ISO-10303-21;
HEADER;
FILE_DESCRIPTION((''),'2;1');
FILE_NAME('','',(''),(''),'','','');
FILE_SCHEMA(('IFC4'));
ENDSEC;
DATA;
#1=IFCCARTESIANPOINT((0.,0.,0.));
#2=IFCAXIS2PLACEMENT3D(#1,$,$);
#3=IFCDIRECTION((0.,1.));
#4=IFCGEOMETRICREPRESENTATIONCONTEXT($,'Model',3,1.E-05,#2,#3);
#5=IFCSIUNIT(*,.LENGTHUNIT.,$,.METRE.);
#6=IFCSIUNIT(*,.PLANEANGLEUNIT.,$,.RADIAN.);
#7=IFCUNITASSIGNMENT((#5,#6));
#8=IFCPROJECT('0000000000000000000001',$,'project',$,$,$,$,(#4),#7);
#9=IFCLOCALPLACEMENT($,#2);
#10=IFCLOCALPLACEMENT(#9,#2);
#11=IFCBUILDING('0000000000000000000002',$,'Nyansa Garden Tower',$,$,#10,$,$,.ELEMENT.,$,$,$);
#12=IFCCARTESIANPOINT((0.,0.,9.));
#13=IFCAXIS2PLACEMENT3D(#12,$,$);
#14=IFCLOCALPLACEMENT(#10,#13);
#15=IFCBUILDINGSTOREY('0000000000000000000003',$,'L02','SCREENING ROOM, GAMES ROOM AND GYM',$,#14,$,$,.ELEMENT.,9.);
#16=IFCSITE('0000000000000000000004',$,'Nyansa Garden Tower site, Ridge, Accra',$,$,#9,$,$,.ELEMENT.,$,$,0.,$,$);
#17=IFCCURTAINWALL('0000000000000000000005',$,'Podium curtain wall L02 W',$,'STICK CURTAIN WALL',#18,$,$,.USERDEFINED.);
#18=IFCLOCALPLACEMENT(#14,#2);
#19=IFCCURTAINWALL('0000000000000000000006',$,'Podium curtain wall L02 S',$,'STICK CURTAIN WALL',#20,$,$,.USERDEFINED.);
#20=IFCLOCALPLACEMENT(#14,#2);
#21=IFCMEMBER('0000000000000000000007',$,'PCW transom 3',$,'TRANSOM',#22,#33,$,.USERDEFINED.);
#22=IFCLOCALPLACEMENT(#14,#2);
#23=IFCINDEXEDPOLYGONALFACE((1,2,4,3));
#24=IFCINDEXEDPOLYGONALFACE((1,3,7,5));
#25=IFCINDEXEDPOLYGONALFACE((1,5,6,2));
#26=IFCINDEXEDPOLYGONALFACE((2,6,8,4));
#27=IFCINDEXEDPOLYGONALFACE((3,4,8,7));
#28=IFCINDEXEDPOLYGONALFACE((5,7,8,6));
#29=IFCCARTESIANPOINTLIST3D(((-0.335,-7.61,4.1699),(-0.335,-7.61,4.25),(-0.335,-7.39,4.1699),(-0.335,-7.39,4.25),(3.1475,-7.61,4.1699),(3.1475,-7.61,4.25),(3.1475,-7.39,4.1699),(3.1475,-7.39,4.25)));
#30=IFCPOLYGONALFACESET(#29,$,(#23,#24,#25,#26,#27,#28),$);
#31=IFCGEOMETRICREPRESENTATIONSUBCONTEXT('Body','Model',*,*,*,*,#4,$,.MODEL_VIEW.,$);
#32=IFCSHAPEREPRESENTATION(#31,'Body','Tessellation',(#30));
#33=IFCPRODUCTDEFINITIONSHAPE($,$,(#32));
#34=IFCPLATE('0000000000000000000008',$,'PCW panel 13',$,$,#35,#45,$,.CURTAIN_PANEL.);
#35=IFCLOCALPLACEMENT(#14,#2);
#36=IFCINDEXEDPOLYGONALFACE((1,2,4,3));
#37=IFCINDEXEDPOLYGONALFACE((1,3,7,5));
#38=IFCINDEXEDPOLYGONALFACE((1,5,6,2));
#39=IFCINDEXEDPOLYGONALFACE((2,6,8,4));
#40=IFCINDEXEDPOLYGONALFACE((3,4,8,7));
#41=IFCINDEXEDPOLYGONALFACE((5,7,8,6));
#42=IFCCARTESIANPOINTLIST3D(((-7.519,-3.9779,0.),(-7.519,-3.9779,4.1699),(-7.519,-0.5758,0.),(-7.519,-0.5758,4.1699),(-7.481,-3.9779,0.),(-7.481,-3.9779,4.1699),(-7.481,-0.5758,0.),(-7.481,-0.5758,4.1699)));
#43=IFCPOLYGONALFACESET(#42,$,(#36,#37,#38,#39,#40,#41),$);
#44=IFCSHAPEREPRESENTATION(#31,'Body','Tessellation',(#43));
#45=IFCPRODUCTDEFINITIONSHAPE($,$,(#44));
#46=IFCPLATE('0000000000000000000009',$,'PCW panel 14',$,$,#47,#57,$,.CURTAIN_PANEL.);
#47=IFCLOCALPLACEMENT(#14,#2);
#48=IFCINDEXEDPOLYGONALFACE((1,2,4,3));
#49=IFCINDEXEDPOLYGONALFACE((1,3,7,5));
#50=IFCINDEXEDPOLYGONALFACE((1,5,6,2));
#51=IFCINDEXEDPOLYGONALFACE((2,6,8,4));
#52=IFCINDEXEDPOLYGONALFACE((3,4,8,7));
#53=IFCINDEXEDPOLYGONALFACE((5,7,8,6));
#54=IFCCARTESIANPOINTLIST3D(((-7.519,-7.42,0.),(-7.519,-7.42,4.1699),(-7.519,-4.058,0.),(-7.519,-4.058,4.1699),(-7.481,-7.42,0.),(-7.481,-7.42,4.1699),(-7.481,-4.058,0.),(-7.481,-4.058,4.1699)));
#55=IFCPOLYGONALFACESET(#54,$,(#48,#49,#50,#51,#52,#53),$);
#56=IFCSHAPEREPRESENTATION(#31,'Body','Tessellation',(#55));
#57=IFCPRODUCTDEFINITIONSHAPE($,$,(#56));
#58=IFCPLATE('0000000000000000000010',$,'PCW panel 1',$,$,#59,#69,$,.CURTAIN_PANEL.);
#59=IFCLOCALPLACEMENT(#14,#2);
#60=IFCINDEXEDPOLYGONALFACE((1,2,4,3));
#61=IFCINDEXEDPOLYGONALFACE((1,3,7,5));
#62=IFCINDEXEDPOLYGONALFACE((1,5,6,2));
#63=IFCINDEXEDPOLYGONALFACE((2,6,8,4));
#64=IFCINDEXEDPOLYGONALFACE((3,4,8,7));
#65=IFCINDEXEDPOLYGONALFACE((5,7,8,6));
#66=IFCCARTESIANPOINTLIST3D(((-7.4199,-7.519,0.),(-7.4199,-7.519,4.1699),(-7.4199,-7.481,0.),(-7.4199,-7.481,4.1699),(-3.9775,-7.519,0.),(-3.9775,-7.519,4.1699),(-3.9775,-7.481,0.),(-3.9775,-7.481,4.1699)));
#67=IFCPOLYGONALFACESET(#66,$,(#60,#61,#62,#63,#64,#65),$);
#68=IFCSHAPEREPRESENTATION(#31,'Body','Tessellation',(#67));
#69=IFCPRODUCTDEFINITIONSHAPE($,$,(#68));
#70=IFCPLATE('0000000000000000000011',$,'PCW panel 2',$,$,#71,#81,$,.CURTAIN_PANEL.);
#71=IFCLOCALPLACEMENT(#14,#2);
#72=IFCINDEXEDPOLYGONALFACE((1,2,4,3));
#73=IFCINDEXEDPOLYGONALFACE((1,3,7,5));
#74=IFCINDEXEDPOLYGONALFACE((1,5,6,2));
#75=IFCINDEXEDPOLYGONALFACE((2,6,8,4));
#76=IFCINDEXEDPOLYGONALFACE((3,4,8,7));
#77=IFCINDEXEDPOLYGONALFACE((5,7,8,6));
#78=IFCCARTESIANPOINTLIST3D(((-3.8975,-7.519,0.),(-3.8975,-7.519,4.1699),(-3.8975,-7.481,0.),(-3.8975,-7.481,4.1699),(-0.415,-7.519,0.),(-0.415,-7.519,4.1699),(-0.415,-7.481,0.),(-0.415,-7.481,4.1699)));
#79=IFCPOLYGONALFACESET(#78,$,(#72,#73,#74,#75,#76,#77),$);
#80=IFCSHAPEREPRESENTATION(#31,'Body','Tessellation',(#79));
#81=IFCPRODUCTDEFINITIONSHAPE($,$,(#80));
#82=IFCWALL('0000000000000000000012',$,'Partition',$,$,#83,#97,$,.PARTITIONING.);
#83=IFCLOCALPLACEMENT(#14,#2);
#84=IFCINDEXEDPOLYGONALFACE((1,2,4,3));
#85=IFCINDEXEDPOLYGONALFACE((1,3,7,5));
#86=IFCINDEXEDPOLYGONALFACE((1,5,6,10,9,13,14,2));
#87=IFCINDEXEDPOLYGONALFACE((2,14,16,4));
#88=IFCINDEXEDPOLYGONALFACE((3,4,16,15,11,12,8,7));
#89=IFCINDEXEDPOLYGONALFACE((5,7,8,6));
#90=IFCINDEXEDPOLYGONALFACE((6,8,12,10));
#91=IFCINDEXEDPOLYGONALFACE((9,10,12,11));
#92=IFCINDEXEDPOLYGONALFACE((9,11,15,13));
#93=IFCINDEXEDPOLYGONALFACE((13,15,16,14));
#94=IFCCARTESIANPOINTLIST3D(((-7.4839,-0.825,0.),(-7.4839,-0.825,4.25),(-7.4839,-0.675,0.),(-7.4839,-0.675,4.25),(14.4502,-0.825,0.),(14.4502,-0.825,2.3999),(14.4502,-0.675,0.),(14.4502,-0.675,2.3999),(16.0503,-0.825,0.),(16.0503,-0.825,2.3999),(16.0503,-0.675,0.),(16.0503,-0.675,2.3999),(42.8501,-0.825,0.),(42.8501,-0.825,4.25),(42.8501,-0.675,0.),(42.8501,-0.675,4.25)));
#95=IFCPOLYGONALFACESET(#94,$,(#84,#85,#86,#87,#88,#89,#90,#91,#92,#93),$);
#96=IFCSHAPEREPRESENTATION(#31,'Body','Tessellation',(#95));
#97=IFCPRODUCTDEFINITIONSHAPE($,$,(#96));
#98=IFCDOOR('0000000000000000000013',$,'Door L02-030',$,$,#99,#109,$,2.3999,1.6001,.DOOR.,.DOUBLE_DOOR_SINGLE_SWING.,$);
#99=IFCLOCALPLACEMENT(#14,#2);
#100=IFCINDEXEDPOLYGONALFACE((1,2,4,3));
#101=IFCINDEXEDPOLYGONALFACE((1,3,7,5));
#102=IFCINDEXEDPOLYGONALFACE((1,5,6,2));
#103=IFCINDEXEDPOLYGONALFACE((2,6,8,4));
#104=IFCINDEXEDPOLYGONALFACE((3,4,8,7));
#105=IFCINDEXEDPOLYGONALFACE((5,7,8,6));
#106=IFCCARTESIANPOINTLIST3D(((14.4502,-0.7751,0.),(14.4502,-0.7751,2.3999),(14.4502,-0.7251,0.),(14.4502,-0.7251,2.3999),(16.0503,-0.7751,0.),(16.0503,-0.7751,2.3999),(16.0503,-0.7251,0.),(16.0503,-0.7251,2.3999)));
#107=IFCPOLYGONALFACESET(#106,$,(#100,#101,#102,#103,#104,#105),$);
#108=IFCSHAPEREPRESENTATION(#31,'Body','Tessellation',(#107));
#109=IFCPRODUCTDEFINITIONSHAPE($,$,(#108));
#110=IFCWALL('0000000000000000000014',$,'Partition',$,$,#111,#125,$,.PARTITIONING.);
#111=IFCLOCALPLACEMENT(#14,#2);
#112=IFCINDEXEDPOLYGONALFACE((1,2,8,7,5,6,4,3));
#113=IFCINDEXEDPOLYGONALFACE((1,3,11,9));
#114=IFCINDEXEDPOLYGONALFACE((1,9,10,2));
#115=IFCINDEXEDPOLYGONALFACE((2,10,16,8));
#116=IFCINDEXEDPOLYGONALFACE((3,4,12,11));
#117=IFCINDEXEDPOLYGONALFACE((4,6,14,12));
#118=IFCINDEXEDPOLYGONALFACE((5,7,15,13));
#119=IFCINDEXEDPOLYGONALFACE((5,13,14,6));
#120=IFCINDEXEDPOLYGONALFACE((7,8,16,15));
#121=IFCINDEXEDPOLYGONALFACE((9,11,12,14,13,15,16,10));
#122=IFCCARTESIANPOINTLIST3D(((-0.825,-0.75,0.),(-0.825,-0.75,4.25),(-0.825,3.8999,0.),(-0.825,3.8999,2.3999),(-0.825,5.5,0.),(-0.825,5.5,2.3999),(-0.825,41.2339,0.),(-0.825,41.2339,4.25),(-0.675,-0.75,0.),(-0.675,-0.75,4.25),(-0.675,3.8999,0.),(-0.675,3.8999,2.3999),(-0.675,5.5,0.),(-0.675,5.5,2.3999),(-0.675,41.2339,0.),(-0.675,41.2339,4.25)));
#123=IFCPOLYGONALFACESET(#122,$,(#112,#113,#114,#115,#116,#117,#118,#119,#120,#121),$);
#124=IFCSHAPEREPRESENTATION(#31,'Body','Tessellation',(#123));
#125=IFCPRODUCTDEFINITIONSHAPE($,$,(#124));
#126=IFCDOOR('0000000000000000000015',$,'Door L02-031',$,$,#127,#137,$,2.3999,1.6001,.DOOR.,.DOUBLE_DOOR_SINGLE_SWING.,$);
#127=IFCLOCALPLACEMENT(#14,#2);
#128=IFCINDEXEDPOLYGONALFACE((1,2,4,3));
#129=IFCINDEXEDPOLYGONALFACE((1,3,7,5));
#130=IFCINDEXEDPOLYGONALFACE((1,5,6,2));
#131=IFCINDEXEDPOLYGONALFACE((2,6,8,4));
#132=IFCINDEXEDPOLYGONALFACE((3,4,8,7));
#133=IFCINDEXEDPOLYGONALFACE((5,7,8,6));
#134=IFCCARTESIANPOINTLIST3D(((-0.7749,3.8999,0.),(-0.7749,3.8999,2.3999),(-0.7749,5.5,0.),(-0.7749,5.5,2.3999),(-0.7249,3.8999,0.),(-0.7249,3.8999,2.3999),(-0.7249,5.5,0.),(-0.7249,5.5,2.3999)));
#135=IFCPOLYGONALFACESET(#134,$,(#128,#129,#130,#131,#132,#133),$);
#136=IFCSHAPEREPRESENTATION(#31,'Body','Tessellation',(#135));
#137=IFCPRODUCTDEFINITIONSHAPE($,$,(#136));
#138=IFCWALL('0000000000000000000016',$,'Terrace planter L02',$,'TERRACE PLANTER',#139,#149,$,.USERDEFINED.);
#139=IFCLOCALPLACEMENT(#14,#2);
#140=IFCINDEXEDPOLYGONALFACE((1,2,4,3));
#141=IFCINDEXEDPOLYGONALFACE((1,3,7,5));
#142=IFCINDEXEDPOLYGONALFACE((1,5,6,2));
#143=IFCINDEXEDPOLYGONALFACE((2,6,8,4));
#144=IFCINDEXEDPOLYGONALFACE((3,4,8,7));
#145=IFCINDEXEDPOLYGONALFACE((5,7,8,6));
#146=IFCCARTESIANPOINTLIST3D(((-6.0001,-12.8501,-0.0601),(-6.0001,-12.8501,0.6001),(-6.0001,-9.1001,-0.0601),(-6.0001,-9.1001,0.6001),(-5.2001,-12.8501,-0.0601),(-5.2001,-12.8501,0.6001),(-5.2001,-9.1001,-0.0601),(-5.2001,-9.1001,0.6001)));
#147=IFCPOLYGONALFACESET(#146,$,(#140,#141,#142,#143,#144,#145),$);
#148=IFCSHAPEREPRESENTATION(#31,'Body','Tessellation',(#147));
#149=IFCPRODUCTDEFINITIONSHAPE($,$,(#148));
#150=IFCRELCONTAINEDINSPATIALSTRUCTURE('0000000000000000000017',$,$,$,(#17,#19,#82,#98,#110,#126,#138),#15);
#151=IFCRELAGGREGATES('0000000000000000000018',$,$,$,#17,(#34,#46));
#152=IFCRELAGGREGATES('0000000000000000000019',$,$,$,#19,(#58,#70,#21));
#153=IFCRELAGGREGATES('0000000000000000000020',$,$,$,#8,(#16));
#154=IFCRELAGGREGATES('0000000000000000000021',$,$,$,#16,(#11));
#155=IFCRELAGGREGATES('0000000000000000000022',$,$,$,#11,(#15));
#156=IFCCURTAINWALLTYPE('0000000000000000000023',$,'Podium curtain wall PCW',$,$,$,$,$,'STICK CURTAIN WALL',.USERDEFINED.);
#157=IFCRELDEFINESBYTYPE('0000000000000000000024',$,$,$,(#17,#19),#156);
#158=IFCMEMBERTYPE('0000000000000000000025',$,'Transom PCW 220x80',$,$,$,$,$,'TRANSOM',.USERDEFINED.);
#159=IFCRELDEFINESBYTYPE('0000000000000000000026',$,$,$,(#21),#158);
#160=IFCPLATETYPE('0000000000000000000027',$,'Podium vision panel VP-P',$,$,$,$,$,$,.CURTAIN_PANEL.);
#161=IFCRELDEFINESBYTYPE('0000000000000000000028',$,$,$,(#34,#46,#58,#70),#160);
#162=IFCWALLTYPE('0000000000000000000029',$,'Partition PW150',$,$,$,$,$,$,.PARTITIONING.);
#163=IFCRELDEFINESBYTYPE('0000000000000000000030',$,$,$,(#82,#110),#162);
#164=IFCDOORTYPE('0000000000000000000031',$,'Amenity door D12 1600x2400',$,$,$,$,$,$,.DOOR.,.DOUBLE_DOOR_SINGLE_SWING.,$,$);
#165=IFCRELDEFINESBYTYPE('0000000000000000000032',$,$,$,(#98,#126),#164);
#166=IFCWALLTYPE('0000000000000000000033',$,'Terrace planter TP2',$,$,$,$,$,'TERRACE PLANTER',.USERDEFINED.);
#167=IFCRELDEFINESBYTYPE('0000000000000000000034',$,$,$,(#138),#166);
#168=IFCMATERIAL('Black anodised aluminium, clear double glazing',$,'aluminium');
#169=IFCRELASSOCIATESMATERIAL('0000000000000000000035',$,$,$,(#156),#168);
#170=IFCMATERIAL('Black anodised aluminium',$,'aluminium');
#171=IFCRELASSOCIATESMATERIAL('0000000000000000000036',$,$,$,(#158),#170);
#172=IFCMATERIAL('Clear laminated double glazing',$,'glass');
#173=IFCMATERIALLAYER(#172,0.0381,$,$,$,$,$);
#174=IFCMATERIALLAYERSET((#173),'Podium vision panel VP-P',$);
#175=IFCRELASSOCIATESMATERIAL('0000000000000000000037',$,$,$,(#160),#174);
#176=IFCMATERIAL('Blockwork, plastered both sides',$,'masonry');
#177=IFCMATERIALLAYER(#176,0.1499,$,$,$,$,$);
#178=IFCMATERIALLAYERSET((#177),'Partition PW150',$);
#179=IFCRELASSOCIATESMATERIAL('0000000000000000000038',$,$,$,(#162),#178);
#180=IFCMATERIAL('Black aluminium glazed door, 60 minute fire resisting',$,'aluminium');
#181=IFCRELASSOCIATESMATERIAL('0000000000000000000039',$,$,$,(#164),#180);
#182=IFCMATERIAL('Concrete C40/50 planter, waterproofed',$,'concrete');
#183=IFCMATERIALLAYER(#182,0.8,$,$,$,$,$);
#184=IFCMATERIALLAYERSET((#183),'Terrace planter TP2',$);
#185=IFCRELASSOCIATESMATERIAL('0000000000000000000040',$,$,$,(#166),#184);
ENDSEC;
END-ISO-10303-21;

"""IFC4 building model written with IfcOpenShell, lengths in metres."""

from ifc_helpers import new_model, si_unit, direction, frame, frame_2d, origin, origin_2d, place, context, subcontext, project, spatial, rectangle, extrude, material, layer, layer_set, material_profile, profile_set, type_object, element, fill, aggregate, save


model = new_model("IFC4")

# Units and contexts
model_context = context("Model", 3, precision=1e-05, world=origin(), true_north=direction((0.0, 1.0)))
body_context = subcontext(model_context, "Body", "Model", "MODEL_VIEW")
ifc_project = project(units=[si_unit("LENGTHUNIT", "METRE"), si_unit("PLANEANGLEUNIT", "RADIAN")], contexts=[model_context])

# Site, building, storey
site_placement = place(None, origin())
site = spatial("IfcSite", under=ifc_project, at=site_placement, Name="Nyansa Garden Tower site, Ridge, Accra", CompositionType="ELEMENT", RefElevation=0.0)
building_placement = place(site_placement, origin())
building = spatial("IfcBuilding", under=site, at=building_placement, Name="Nyansa Garden Tower", CompositionType="ELEMENT")
storey_placement = place(building_placement, frame((0.0, 0.0, 9.0)))
storey = spatial("IfcBuildingStorey", under=building, at=storey_placement, Name="L02", Description="SCREENING ROOM, GAMES ROOM AND GYM", CompositionType="ELEMENT", Elevation=9.0)

# Curtain walls
ifc_material_1 = material(Name="Black anodised aluminium, clear double glazing", Category="aluminium")
curtain_wall_type = type_object("IfcCurtainWallType", Name="Podium curtain wall PCW", ElementType="STICK CURTAIN WALL", PredefinedType="USERDEFINED", material=ifc_material_1)
curtain_wall_1_placement = place(storey_placement, origin())
curtain_wall_1 = element("IfcCurtainWall", 1, at=curtain_wall_1_placement, inside=storey, type_object=curtain_wall_type, Name="Podium curtain wall L02 W", ObjectType="STICK CURTAIN WALL", PredefinedType="USERDEFINED")
curtain_wall_2_placement = place(storey_placement, origin())
curtain_wall_2 = element("IfcCurtainWall", 2, at=curtain_wall_2_placement, inside=storey, type_object=curtain_wall_type, Name="Podium curtain wall L02 S", ObjectType="STICK CURTAIN WALL", PredefinedType="USERDEFINED")

# Member
ifc_material_2 = material(Name="Black anodised aluminium", Category="aluminium")
ifc_material_profile_1 = material_profile(ifc_material_2, rectangle(XDim=0.22, YDim=0.0801, at=origin_2d()), Name="Transom 220x80")
ifc_profile_set_1 = profile_set([ifc_material_profile_1], Name="Black anodised aluminium")
member_type_1 = type_object("IfcMemberType", Name="Transom PCW 220x80", ElementType="TRANSOM", PredefinedType="USERDEFINED", material=ifc_profile_set_1)
member_1_placement = place(storey_placement, frame((-0.335, -7.5, 4.21), z_axis=(1.0, 0.0, 0.0), x_axis=(0.0, 1.0, 0.0)))
member_1 = element("IfcMember", 3, at=member_1_placement, type_object=member_type_1, Name="PCW transom 3", ObjectType="TRANSOM", PredefinedType="USERDEFINED", context=body_context, shape_type="SweptSolid", body=[
    extrude(rectangle(XDim=0.22, YDim=0.0801, at=origin_2d()), origin(), (0.0, 0.0, 1.0), 3.4824),
])

# Plates
ifc_material_3 = material(Name="Clear laminated double glazing", Category="glass")
ifc_layer_1 = layer(ifc_material_3, 0.0381)
ifc_layer_set_1 = layer_set([ifc_layer_1], Name="Podium vision panel VP-P")
plate_type = type_object("IfcPlateType", Name="Podium vision panel VP-P", PredefinedType="CURTAIN_PANEL", material=ifc_layer_set_1)
plate_1_placement = place(storey_placement, frame((-7.5, -2.2769, 0.0), z_axis=(0.0, 0.0, 1.0), x_axis=(0.0, -1.0, 0.0)))
plate_1 = element("IfcPlate", 4, at=plate_1_placement, type_object=plate_type, Name="PCW panel 13", PredefinedType="CURTAIN_PANEL", context=body_context, shape_type="SweptSolid", body=[
    extrude(rectangle(XDim=3.4021, YDim=0.0381, at=origin_2d()), origin(), (0.0, 0.0, 1.0), 4.1699),
])
plate_2_placement = place(storey_placement, frame((-7.5, -5.739, 0.0), z_axis=(0.0, 0.0, 1.0), x_axis=(0.0, -1.0, 0.0)))
plate_2 = element("IfcPlate", 5, at=plate_2_placement, type_object=plate_type, Name="PCW panel 14", PredefinedType="CURTAIN_PANEL", context=body_context, shape_type="SweptSolid", body=[
    extrude(rectangle(XDim=3.3621, YDim=0.0381, at=origin_2d()), origin(), (0.0, 0.0, 1.0), 4.1699),
])
aggregate(curtain_wall_1, [plate_1, plate_2])
plate_3_placement = place(storey_placement, frame((-5.6987, -7.5, 0.0), z_axis=(0.0, 0.0, 1.0), x_axis=(1.0, 0.0, 0.0)))
plate_3 = element("IfcPlate", 6, at=plate_3_placement, type_object=plate_type, Name="PCW panel 1", PredefinedType="CURTAIN_PANEL", context=body_context, shape_type="SweptSolid", body=[
    extrude(rectangle(XDim=3.4424, YDim=0.0381, at=origin_2d()), origin(), (0.0, 0.0, 1.0), 4.1699),
])
plate_4_placement = place(storey_placement, frame((-2.1562, -7.5, 0.0), z_axis=(0.0, 0.0, 1.0), x_axis=(1.0, 0.0, 0.0)))
plate_4 = element("IfcPlate", 7, at=plate_4_placement, type_object=plate_type, Name="PCW panel 2", PredefinedType="CURTAIN_PANEL", context=body_context, shape_type="SweptSolid", body=[
    extrude(rectangle(XDim=3.4824, YDim=0.0381, at=origin_2d()), origin(), (0.0, 0.0, 1.0), 4.1699),
])
aggregate(curtain_wall_2, [plate_3, plate_4, member_1])

# Walls, openings, doors
ifc_material_4 = material(Name="Blockwork, plastered both sides", Category="masonry")
ifc_layer_2 = layer(ifc_material_4, 0.1499)
ifc_layer_set_2 = layer_set([ifc_layer_2], Name="Partition PW150")
wall_type_1 = type_object("IfcWallType", Name="Partition PW150", PredefinedType="PARTITIONING", material=ifc_layer_set_2)
wall_1_placement = place(storey_placement, frame((-7.4839, -0.75, 0.0), z_axis=(0.0, 0.0, 1.0), x_axis=(1.0, 0.0, 0.0)))
wall_1 = element("IfcWall", 8, at=wall_1_placement, inside=storey, type_object=wall_type_1, Name="Partition", PredefinedType="PARTITIONING", context=body_context, shape_type="SweptSolid", body=[
    extrude(rectangle(XDim=50.334, YDim=0.1499, at=frame_2d((25.167, 0.0))), origin(), (0.0, 0.0, 1.0), 4.25),
])
opening_1_placement = place(wall_1_placement, frame((21.9341, 0.0, 0.0)))
opening_1 = element("IfcOpeningElement", 9, at=opening_1_placement, cuts=wall_1, PredefinedType="OPENING", context=body_context, shape_type="SweptSolid", body=[
    extrude(rectangle(XDim=1.6001, YDim=2.3999, at=frame_2d((0.8, 1.2))), frame((0.0, 0.085, 0.0), z_axis=(0.0, -1.0, 0.0), x_axis=(1.0, 0.0, 0.0)), (0.0, 0.0, 1.0), 0.1699),
])
ifc_material_5 = material(Name="Black aluminium glazed door, 60 minute fire resisting", Category="aluminium")
door_type = type_object("IfcDoorType", Name="Amenity door D12 1600x2400", OperationType="DOUBLE_DOOR_SINGLE_SWING", PredefinedType="DOOR", material=ifc_material_5)
door_1_placement = place(opening_1_placement, origin())
door_1 = element("IfcDoor", 10, at=door_1_placement, inside=storey, type_object=door_type, Name="Door L02-030", OperationType="DOUBLE_DOOR_SINGLE_SWING", OverallHeight=2.3999, OverallWidth=1.6001, PredefinedType="DOOR", context=body_context, shape_type="SweptSolid", body=[
    extrude(rectangle(XDim=1.6001, YDim=2.3999, at=frame_2d((0.8, 1.2))), frame((0.0, 0.0249, 0.0), z_axis=(0.0, -1.0, 0.0), x_axis=(1.0, 0.0, 0.0)), (0.0, 0.0, 1.0), 0.05),
])
fill(opening_1, door_1)
wall_2_placement = place(storey_placement, frame((-0.75, -0.75, 0.0), z_axis=(0.0, 0.0, 1.0), x_axis=(0.0, 1.0, 0.0)))
wall_2 = element("IfcWall", 11, at=wall_2_placement, inside=storey, type_object=wall_type_1, Name="Partition", PredefinedType="PARTITIONING", context=body_context, shape_type="SweptSolid", body=[
    extrude(rectangle(XDim=41.9839, YDim=0.1499, at=frame_2d((20.9919, 0.0))), origin(), (0.0, 0.0, 1.0), 4.25),
])
opening_2_placement = place(wall_2_placement, frame((4.6499, 0.0, 0.0)))
opening_2 = element("IfcOpeningElement", 12, at=opening_2_placement, cuts=wall_2, PredefinedType="OPENING", context=body_context, shape_type="SweptSolid", body=[
    extrude(rectangle(XDim=1.6001, YDim=2.3999, at=frame_2d((0.8, 1.2))), frame((0.0, 0.085, 0.0), z_axis=(0.0, -1.0, 0.0), x_axis=(1.0, 0.0, 0.0)), (0.0, 0.0, 1.0), 0.1699),
])
door_2_placement = place(opening_2_placement, origin())
door_2 = element("IfcDoor", 13, at=door_2_placement, inside=storey, type_object=door_type, Name="Door L02-031", OperationType="DOUBLE_DOOR_SINGLE_SWING", OverallHeight=2.3999, OverallWidth=1.6001, PredefinedType="DOOR", context=body_context, shape_type="SweptSolid", body=[
    extrude(rectangle(XDim=1.6001, YDim=2.3999, at=frame_2d((0.8, 1.2))), frame((0.0, 0.0249, 0.0), z_axis=(0.0, -1.0, 0.0), x_axis=(1.0, 0.0, 0.0)), (0.0, 0.0, 1.0), 0.05),
])
fill(opening_2, door_2)

# Wall
ifc_material_6 = material(Name="Concrete C40/50 planter, waterproofed", Category="concrete")
ifc_layer_3 = layer(ifc_material_6, 0.8)
ifc_layer_set_3 = layer_set([ifc_layer_3], Name="Terrace planter TP2")
wall_type_2 = type_object("IfcWallType", Name="Terrace planter TP2", ElementType="TERRACE PLANTER", PredefinedType="USERDEFINED", material=ifc_layer_set_3)
wall_3_placement = place(storey_placement, frame((-5.6001, -12.8501, -0.0601), z_axis=(0.0, 0.0, 1.0), x_axis=(0.0, 1.0, 0.0)))
element("IfcWall", 14, at=wall_3_placement, inside=storey, type_object=wall_type_2, Name="Terrace planter L02", ObjectType="TERRACE PLANTER", PredefinedType="USERDEFINED", context=body_context, shape_type="SweptSolid", body=[
    extrude(rectangle(XDim=3.75, YDim=0.8, at=frame_2d((1.875, 0.0))), origin(), (0.0, 0.0, 1.0), 0.6602),
])

save(model, "model.ifc")
